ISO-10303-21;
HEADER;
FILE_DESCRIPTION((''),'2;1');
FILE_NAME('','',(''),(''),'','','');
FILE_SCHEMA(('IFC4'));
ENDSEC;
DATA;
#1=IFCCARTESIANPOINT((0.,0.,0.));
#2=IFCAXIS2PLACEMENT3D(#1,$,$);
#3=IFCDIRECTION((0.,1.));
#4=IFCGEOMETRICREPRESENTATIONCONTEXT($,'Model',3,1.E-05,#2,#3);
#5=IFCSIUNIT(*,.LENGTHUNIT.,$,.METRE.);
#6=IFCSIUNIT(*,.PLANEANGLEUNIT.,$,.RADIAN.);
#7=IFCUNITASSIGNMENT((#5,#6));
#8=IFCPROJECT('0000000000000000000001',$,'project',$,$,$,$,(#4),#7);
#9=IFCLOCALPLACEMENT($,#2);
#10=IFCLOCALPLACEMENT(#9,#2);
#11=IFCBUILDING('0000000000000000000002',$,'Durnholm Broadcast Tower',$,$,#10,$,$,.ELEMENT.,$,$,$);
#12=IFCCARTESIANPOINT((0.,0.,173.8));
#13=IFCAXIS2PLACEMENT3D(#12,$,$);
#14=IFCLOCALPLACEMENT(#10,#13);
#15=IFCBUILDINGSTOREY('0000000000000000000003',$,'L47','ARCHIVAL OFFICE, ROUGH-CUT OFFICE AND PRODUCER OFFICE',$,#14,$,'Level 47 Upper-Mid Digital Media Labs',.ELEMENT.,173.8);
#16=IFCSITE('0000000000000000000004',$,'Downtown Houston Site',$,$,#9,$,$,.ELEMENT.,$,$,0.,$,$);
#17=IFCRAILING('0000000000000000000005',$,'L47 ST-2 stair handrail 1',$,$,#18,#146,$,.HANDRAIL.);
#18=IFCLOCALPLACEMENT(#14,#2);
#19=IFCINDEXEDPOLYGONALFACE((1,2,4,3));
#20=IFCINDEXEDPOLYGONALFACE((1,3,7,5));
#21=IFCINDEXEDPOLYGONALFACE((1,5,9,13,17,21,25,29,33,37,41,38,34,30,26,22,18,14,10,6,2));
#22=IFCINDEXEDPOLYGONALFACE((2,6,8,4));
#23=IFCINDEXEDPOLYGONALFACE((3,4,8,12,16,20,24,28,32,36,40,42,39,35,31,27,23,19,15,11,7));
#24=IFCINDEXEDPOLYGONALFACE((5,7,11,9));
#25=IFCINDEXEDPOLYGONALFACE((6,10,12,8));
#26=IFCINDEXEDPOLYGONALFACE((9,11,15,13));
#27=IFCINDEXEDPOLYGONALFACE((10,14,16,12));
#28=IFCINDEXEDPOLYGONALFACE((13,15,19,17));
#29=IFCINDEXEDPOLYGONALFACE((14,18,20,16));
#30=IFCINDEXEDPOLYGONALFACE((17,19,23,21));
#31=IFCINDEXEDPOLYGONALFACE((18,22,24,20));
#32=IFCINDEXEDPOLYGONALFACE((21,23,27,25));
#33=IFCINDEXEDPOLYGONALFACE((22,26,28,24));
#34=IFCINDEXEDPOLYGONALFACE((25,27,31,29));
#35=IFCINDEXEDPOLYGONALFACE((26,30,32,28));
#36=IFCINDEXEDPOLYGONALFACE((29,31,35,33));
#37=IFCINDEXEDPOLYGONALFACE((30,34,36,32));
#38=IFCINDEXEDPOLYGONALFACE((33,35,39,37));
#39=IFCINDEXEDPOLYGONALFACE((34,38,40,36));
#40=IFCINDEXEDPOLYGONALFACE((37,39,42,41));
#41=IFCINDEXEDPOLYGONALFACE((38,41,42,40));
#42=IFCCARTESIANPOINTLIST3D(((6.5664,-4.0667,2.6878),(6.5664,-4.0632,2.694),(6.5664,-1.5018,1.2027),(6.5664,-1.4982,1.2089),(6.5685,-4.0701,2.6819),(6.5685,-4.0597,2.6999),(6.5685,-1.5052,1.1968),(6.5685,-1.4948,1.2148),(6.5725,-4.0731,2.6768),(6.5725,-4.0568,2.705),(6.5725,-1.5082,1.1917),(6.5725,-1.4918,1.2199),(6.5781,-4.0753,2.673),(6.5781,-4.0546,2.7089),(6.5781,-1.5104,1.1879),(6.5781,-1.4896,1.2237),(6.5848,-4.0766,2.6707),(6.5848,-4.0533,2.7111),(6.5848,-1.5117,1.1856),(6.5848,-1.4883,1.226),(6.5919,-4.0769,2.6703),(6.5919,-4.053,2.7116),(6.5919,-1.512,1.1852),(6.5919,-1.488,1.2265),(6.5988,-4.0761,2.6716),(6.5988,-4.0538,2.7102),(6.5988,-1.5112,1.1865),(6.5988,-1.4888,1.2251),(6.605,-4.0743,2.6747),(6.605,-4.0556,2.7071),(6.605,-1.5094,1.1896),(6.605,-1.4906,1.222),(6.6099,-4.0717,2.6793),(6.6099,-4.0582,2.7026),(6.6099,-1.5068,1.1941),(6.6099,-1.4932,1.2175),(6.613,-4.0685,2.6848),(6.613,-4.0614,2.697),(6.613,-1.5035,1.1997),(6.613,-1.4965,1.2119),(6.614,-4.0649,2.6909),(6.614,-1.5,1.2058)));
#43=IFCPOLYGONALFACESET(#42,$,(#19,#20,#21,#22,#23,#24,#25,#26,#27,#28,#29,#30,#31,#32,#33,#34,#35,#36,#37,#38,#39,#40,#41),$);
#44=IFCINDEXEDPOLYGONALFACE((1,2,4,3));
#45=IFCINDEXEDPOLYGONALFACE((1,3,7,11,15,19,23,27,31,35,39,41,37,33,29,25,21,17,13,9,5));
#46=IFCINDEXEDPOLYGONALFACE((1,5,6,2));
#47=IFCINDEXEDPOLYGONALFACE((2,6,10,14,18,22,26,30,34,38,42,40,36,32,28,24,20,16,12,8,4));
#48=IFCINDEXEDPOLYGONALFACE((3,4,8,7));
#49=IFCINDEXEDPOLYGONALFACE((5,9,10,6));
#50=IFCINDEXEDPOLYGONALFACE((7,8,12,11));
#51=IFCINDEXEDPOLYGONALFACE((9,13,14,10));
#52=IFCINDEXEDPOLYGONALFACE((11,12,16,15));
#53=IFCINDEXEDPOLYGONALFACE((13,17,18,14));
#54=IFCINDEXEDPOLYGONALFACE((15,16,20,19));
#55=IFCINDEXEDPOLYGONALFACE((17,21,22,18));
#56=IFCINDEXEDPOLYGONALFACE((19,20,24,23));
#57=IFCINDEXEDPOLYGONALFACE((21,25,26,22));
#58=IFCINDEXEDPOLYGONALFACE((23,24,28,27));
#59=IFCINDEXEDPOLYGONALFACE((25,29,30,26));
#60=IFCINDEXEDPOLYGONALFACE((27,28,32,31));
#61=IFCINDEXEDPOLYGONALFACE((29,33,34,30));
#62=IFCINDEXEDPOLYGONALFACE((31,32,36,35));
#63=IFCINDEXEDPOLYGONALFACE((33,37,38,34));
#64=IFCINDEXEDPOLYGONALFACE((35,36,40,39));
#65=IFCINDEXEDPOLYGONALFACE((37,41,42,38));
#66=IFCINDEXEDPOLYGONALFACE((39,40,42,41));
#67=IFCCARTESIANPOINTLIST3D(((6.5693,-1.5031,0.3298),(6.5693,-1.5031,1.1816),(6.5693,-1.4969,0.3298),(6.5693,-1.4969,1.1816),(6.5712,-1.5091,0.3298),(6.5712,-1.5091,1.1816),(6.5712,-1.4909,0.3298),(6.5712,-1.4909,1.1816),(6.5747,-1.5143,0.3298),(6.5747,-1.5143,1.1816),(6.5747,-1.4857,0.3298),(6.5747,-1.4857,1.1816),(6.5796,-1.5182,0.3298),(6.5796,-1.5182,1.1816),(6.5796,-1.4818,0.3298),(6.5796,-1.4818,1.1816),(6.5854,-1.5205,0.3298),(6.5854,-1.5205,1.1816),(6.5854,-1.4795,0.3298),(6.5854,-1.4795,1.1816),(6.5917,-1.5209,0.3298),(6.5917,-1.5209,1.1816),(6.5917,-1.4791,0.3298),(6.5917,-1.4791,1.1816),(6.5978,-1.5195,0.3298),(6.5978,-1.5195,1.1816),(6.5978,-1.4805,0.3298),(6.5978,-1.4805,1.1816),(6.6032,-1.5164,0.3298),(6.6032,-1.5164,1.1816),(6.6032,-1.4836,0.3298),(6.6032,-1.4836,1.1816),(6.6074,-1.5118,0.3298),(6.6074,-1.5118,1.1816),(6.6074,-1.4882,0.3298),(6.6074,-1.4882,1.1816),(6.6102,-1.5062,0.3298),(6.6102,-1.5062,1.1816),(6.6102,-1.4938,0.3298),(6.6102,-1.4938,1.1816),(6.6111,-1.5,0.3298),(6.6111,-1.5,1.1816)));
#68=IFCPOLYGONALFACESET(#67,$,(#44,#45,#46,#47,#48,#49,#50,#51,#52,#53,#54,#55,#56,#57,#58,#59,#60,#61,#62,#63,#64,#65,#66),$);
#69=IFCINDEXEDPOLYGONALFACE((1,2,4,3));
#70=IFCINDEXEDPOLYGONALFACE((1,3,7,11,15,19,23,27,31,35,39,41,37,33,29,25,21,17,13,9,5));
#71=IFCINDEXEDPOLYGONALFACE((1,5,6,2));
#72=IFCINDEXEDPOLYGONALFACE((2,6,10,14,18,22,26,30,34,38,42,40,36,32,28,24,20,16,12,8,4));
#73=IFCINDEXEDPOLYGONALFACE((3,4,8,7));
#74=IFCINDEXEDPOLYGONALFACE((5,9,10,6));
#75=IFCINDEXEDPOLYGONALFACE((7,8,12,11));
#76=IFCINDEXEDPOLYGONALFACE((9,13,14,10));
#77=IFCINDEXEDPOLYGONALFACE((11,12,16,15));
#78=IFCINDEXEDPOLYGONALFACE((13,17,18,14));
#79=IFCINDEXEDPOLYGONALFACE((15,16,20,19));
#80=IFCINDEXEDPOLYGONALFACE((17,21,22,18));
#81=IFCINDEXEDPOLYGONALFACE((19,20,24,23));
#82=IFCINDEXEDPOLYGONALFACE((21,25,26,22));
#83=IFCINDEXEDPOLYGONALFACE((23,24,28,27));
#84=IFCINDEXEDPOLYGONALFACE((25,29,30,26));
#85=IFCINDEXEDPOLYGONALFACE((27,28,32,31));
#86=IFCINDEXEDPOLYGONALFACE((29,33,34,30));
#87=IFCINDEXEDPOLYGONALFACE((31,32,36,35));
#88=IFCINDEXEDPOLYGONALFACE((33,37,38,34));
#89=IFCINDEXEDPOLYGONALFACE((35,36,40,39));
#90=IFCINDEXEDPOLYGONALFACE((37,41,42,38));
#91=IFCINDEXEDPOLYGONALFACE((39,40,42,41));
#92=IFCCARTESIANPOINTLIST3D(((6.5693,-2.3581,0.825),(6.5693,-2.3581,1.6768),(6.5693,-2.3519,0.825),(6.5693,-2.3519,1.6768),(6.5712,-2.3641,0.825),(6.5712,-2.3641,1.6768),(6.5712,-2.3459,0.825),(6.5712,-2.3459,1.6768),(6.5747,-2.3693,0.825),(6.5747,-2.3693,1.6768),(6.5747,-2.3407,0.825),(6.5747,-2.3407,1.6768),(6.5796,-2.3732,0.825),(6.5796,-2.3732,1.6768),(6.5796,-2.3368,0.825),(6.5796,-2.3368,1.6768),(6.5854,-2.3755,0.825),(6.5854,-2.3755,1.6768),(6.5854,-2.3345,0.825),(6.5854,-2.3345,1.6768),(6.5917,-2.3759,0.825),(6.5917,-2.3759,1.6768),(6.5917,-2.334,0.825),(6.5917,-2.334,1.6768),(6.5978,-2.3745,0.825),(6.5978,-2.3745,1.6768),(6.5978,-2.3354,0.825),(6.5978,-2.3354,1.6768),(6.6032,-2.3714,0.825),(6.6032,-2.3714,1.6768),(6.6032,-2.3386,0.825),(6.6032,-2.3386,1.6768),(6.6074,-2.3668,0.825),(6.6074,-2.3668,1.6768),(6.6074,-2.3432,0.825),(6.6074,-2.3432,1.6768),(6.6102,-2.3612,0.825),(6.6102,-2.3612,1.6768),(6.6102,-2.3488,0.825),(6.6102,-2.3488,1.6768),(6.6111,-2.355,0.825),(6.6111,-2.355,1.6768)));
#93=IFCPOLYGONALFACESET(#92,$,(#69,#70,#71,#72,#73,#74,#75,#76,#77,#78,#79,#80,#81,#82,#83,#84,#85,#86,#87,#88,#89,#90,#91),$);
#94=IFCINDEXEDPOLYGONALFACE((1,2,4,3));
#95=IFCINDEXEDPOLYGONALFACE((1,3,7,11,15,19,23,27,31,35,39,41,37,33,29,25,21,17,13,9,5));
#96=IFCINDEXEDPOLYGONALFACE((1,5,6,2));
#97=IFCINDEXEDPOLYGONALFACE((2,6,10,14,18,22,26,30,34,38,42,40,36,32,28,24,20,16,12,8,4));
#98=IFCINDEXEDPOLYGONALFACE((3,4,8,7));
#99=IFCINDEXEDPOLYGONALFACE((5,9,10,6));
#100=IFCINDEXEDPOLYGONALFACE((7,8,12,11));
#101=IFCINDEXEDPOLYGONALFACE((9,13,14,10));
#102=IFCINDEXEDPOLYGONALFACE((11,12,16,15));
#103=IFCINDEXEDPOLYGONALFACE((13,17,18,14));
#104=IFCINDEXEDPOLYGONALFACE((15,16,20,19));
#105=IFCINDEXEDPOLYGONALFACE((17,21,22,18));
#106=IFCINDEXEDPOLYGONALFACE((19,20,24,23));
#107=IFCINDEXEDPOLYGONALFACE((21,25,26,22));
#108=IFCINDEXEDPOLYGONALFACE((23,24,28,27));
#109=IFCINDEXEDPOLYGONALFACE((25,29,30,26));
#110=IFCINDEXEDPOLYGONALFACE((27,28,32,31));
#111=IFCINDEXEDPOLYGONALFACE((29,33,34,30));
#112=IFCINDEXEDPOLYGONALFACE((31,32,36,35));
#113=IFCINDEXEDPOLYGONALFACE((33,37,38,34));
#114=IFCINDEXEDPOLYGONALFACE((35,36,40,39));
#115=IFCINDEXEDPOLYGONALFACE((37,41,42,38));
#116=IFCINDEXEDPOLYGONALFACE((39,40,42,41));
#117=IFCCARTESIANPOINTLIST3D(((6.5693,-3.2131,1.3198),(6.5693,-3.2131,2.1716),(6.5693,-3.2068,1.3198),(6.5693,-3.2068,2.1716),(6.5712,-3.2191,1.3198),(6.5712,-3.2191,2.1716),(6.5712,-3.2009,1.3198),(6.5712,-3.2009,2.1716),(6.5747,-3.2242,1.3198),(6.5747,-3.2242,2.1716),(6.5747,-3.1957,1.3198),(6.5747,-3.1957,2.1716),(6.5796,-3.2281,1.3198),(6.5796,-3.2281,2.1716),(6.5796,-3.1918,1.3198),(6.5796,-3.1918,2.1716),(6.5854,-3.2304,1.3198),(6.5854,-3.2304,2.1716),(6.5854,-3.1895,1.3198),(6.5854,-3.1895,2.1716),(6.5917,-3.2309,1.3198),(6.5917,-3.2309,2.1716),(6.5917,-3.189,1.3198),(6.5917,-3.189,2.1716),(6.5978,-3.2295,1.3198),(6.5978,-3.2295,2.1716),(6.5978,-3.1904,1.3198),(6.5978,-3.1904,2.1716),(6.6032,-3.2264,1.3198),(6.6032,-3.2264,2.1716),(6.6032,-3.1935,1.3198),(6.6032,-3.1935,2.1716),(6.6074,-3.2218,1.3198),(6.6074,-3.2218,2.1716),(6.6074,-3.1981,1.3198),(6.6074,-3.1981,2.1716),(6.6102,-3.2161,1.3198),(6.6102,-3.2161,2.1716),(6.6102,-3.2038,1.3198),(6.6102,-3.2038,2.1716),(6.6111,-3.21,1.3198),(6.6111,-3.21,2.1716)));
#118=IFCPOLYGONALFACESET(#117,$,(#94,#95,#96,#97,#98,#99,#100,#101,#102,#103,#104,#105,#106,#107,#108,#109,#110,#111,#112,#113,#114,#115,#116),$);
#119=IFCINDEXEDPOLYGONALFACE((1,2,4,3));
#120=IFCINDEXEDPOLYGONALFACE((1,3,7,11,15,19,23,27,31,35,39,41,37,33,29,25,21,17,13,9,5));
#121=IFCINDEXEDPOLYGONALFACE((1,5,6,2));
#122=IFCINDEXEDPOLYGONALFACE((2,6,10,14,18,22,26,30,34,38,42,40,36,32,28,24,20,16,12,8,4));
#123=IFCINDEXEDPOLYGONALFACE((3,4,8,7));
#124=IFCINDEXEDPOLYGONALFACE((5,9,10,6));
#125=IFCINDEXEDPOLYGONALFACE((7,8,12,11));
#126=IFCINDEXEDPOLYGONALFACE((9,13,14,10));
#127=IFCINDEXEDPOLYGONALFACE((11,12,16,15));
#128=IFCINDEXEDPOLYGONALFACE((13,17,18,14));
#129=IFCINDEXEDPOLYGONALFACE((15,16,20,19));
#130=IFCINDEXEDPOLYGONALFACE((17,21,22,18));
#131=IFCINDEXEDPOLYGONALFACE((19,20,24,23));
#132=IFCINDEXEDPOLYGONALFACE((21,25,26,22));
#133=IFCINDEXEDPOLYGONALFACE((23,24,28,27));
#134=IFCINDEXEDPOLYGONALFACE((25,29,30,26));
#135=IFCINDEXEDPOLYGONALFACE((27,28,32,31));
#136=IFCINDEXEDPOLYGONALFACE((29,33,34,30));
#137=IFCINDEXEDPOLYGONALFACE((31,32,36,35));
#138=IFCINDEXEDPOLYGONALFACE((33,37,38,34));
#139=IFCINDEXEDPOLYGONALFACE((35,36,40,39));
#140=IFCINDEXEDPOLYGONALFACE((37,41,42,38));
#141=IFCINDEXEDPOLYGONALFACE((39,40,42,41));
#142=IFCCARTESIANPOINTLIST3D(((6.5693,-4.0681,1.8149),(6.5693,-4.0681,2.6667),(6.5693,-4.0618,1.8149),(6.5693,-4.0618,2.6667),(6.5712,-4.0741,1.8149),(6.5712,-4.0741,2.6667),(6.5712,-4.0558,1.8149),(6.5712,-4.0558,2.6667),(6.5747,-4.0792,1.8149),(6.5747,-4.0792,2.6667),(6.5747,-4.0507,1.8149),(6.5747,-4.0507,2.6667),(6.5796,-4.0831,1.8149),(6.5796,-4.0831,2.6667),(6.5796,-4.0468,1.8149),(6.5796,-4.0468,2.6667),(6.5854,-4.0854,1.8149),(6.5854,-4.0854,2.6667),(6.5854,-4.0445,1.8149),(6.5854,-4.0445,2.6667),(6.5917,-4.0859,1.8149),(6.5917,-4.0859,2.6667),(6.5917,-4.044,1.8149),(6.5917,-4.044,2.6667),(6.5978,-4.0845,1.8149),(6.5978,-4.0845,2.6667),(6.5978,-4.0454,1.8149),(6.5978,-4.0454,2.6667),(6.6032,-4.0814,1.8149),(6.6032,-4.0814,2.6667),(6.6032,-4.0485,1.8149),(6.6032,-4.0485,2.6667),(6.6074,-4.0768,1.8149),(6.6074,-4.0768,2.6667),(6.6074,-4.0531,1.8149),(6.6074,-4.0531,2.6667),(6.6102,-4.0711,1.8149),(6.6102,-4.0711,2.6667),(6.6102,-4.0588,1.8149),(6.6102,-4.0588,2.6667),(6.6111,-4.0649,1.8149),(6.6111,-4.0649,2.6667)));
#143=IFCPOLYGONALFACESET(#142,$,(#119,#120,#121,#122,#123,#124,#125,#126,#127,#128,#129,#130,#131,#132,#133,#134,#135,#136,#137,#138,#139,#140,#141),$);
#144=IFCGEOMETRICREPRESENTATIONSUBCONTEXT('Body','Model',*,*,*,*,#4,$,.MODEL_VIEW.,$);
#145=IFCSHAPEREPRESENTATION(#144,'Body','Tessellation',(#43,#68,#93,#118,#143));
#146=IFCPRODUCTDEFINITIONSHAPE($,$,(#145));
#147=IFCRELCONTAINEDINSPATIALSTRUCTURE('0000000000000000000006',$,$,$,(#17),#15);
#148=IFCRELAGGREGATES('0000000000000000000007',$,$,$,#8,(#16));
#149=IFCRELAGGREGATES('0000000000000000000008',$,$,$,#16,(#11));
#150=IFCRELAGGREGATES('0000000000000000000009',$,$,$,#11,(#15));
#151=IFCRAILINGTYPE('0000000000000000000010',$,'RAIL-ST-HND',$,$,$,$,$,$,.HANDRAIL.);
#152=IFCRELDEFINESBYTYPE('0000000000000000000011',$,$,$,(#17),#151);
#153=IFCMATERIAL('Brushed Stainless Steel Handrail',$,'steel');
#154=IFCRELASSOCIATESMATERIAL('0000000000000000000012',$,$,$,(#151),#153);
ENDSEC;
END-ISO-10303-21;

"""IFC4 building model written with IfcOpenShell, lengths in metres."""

from ifc_helpers import new_model, si_unit, direction, frame, origin, origin_2d, place, context, subcontext, project, spatial, circle, extrude, material, type_object, element, save


model = new_model("IFC4")

# Units and contexts
model_context = context("Model", 3, precision=1e-05, world=origin(), true_north=direction((0.0, 1.0)))
body_context = subcontext(model_context, "Body", "Model", "MODEL_VIEW")
ifc_project = project(units=[si_unit("LENGTHUNIT", "METRE"), si_unit("PLANEANGLEUNIT", "RADIAN")], contexts=[model_context])

# Site, building, storey
site_placement = place(None, origin())
site = spatial("IfcSite", under=ifc_project, at=site_placement, Name="Downtown Houston Site", CompositionType="ELEMENT", RefElevation=0.0)
building_placement = place(site_placement, origin())
building = spatial("IfcBuilding", under=site, at=building_placement, Name="Durnholm Broadcast Tower", CompositionType="ELEMENT")
storey_placement = place(building_placement, frame((0.0, 0.0, 173.8)))
storey = spatial("IfcBuildingStorey", under=building, at=storey_placement, Name="L47", Description="ARCHIVAL OFFICE, ROUGH-CUT OFFICE AND PRODUCER OFFICE", LongName="Level 47 Upper-Mid Digital Media Labs", CompositionType="ELEMENT", Elevation=173.8)

# Railing
ifc_material_1 = material(Name="Brushed Stainless Steel Handrail", Category="steel")
railing_type_1 = type_object("IfcRailingType", Name="RAIL-ST-HND", PredefinedType="HANDRAIL", material=ifc_material_1)
railing_1_placement = place(storey_placement, frame((6.5901, -1.5, 0.3298)))
element("IfcRailing", 1, at=railing_1_placement, inside=storey, type_object=railing_type_1, Name="L47 ST-2 stair handrail 1", PredefinedType="HANDRAIL", context=body_context, shape_type="SweptSolid", body=[
    extrude(circle(Radius=0.0239, at=origin_2d()), frame((0.0, 0.0, 0.876), z_axis=(0.0, -0.865406, 0.501072), x_axis=(1.0, 0.0, 0.0)), (0.0, 0.0, 1.0), 2.9639),
    extrude(circle(Radius=0.021, at=origin_2d()), origin(), (0.0, 0.0, 1.0), 0.8518),
    extrude(circle(Radius=0.021, at=origin_2d()), frame((0.0, -0.855, 0.4951)), (0.0, 0.0, 1.0), 0.8518),
    extrude(circle(Radius=0.021, at=origin_2d()), frame((0.0, -1.71, 0.99)), (0.0, 0.0, 1.0), 0.8518),
    extrude(circle(Radius=0.021, at=origin_2d()), frame((0.0, -2.5649, 1.4851)), (0.0, 0.0, 1.0), 0.8518),
])

save(model, "model.ifc")
